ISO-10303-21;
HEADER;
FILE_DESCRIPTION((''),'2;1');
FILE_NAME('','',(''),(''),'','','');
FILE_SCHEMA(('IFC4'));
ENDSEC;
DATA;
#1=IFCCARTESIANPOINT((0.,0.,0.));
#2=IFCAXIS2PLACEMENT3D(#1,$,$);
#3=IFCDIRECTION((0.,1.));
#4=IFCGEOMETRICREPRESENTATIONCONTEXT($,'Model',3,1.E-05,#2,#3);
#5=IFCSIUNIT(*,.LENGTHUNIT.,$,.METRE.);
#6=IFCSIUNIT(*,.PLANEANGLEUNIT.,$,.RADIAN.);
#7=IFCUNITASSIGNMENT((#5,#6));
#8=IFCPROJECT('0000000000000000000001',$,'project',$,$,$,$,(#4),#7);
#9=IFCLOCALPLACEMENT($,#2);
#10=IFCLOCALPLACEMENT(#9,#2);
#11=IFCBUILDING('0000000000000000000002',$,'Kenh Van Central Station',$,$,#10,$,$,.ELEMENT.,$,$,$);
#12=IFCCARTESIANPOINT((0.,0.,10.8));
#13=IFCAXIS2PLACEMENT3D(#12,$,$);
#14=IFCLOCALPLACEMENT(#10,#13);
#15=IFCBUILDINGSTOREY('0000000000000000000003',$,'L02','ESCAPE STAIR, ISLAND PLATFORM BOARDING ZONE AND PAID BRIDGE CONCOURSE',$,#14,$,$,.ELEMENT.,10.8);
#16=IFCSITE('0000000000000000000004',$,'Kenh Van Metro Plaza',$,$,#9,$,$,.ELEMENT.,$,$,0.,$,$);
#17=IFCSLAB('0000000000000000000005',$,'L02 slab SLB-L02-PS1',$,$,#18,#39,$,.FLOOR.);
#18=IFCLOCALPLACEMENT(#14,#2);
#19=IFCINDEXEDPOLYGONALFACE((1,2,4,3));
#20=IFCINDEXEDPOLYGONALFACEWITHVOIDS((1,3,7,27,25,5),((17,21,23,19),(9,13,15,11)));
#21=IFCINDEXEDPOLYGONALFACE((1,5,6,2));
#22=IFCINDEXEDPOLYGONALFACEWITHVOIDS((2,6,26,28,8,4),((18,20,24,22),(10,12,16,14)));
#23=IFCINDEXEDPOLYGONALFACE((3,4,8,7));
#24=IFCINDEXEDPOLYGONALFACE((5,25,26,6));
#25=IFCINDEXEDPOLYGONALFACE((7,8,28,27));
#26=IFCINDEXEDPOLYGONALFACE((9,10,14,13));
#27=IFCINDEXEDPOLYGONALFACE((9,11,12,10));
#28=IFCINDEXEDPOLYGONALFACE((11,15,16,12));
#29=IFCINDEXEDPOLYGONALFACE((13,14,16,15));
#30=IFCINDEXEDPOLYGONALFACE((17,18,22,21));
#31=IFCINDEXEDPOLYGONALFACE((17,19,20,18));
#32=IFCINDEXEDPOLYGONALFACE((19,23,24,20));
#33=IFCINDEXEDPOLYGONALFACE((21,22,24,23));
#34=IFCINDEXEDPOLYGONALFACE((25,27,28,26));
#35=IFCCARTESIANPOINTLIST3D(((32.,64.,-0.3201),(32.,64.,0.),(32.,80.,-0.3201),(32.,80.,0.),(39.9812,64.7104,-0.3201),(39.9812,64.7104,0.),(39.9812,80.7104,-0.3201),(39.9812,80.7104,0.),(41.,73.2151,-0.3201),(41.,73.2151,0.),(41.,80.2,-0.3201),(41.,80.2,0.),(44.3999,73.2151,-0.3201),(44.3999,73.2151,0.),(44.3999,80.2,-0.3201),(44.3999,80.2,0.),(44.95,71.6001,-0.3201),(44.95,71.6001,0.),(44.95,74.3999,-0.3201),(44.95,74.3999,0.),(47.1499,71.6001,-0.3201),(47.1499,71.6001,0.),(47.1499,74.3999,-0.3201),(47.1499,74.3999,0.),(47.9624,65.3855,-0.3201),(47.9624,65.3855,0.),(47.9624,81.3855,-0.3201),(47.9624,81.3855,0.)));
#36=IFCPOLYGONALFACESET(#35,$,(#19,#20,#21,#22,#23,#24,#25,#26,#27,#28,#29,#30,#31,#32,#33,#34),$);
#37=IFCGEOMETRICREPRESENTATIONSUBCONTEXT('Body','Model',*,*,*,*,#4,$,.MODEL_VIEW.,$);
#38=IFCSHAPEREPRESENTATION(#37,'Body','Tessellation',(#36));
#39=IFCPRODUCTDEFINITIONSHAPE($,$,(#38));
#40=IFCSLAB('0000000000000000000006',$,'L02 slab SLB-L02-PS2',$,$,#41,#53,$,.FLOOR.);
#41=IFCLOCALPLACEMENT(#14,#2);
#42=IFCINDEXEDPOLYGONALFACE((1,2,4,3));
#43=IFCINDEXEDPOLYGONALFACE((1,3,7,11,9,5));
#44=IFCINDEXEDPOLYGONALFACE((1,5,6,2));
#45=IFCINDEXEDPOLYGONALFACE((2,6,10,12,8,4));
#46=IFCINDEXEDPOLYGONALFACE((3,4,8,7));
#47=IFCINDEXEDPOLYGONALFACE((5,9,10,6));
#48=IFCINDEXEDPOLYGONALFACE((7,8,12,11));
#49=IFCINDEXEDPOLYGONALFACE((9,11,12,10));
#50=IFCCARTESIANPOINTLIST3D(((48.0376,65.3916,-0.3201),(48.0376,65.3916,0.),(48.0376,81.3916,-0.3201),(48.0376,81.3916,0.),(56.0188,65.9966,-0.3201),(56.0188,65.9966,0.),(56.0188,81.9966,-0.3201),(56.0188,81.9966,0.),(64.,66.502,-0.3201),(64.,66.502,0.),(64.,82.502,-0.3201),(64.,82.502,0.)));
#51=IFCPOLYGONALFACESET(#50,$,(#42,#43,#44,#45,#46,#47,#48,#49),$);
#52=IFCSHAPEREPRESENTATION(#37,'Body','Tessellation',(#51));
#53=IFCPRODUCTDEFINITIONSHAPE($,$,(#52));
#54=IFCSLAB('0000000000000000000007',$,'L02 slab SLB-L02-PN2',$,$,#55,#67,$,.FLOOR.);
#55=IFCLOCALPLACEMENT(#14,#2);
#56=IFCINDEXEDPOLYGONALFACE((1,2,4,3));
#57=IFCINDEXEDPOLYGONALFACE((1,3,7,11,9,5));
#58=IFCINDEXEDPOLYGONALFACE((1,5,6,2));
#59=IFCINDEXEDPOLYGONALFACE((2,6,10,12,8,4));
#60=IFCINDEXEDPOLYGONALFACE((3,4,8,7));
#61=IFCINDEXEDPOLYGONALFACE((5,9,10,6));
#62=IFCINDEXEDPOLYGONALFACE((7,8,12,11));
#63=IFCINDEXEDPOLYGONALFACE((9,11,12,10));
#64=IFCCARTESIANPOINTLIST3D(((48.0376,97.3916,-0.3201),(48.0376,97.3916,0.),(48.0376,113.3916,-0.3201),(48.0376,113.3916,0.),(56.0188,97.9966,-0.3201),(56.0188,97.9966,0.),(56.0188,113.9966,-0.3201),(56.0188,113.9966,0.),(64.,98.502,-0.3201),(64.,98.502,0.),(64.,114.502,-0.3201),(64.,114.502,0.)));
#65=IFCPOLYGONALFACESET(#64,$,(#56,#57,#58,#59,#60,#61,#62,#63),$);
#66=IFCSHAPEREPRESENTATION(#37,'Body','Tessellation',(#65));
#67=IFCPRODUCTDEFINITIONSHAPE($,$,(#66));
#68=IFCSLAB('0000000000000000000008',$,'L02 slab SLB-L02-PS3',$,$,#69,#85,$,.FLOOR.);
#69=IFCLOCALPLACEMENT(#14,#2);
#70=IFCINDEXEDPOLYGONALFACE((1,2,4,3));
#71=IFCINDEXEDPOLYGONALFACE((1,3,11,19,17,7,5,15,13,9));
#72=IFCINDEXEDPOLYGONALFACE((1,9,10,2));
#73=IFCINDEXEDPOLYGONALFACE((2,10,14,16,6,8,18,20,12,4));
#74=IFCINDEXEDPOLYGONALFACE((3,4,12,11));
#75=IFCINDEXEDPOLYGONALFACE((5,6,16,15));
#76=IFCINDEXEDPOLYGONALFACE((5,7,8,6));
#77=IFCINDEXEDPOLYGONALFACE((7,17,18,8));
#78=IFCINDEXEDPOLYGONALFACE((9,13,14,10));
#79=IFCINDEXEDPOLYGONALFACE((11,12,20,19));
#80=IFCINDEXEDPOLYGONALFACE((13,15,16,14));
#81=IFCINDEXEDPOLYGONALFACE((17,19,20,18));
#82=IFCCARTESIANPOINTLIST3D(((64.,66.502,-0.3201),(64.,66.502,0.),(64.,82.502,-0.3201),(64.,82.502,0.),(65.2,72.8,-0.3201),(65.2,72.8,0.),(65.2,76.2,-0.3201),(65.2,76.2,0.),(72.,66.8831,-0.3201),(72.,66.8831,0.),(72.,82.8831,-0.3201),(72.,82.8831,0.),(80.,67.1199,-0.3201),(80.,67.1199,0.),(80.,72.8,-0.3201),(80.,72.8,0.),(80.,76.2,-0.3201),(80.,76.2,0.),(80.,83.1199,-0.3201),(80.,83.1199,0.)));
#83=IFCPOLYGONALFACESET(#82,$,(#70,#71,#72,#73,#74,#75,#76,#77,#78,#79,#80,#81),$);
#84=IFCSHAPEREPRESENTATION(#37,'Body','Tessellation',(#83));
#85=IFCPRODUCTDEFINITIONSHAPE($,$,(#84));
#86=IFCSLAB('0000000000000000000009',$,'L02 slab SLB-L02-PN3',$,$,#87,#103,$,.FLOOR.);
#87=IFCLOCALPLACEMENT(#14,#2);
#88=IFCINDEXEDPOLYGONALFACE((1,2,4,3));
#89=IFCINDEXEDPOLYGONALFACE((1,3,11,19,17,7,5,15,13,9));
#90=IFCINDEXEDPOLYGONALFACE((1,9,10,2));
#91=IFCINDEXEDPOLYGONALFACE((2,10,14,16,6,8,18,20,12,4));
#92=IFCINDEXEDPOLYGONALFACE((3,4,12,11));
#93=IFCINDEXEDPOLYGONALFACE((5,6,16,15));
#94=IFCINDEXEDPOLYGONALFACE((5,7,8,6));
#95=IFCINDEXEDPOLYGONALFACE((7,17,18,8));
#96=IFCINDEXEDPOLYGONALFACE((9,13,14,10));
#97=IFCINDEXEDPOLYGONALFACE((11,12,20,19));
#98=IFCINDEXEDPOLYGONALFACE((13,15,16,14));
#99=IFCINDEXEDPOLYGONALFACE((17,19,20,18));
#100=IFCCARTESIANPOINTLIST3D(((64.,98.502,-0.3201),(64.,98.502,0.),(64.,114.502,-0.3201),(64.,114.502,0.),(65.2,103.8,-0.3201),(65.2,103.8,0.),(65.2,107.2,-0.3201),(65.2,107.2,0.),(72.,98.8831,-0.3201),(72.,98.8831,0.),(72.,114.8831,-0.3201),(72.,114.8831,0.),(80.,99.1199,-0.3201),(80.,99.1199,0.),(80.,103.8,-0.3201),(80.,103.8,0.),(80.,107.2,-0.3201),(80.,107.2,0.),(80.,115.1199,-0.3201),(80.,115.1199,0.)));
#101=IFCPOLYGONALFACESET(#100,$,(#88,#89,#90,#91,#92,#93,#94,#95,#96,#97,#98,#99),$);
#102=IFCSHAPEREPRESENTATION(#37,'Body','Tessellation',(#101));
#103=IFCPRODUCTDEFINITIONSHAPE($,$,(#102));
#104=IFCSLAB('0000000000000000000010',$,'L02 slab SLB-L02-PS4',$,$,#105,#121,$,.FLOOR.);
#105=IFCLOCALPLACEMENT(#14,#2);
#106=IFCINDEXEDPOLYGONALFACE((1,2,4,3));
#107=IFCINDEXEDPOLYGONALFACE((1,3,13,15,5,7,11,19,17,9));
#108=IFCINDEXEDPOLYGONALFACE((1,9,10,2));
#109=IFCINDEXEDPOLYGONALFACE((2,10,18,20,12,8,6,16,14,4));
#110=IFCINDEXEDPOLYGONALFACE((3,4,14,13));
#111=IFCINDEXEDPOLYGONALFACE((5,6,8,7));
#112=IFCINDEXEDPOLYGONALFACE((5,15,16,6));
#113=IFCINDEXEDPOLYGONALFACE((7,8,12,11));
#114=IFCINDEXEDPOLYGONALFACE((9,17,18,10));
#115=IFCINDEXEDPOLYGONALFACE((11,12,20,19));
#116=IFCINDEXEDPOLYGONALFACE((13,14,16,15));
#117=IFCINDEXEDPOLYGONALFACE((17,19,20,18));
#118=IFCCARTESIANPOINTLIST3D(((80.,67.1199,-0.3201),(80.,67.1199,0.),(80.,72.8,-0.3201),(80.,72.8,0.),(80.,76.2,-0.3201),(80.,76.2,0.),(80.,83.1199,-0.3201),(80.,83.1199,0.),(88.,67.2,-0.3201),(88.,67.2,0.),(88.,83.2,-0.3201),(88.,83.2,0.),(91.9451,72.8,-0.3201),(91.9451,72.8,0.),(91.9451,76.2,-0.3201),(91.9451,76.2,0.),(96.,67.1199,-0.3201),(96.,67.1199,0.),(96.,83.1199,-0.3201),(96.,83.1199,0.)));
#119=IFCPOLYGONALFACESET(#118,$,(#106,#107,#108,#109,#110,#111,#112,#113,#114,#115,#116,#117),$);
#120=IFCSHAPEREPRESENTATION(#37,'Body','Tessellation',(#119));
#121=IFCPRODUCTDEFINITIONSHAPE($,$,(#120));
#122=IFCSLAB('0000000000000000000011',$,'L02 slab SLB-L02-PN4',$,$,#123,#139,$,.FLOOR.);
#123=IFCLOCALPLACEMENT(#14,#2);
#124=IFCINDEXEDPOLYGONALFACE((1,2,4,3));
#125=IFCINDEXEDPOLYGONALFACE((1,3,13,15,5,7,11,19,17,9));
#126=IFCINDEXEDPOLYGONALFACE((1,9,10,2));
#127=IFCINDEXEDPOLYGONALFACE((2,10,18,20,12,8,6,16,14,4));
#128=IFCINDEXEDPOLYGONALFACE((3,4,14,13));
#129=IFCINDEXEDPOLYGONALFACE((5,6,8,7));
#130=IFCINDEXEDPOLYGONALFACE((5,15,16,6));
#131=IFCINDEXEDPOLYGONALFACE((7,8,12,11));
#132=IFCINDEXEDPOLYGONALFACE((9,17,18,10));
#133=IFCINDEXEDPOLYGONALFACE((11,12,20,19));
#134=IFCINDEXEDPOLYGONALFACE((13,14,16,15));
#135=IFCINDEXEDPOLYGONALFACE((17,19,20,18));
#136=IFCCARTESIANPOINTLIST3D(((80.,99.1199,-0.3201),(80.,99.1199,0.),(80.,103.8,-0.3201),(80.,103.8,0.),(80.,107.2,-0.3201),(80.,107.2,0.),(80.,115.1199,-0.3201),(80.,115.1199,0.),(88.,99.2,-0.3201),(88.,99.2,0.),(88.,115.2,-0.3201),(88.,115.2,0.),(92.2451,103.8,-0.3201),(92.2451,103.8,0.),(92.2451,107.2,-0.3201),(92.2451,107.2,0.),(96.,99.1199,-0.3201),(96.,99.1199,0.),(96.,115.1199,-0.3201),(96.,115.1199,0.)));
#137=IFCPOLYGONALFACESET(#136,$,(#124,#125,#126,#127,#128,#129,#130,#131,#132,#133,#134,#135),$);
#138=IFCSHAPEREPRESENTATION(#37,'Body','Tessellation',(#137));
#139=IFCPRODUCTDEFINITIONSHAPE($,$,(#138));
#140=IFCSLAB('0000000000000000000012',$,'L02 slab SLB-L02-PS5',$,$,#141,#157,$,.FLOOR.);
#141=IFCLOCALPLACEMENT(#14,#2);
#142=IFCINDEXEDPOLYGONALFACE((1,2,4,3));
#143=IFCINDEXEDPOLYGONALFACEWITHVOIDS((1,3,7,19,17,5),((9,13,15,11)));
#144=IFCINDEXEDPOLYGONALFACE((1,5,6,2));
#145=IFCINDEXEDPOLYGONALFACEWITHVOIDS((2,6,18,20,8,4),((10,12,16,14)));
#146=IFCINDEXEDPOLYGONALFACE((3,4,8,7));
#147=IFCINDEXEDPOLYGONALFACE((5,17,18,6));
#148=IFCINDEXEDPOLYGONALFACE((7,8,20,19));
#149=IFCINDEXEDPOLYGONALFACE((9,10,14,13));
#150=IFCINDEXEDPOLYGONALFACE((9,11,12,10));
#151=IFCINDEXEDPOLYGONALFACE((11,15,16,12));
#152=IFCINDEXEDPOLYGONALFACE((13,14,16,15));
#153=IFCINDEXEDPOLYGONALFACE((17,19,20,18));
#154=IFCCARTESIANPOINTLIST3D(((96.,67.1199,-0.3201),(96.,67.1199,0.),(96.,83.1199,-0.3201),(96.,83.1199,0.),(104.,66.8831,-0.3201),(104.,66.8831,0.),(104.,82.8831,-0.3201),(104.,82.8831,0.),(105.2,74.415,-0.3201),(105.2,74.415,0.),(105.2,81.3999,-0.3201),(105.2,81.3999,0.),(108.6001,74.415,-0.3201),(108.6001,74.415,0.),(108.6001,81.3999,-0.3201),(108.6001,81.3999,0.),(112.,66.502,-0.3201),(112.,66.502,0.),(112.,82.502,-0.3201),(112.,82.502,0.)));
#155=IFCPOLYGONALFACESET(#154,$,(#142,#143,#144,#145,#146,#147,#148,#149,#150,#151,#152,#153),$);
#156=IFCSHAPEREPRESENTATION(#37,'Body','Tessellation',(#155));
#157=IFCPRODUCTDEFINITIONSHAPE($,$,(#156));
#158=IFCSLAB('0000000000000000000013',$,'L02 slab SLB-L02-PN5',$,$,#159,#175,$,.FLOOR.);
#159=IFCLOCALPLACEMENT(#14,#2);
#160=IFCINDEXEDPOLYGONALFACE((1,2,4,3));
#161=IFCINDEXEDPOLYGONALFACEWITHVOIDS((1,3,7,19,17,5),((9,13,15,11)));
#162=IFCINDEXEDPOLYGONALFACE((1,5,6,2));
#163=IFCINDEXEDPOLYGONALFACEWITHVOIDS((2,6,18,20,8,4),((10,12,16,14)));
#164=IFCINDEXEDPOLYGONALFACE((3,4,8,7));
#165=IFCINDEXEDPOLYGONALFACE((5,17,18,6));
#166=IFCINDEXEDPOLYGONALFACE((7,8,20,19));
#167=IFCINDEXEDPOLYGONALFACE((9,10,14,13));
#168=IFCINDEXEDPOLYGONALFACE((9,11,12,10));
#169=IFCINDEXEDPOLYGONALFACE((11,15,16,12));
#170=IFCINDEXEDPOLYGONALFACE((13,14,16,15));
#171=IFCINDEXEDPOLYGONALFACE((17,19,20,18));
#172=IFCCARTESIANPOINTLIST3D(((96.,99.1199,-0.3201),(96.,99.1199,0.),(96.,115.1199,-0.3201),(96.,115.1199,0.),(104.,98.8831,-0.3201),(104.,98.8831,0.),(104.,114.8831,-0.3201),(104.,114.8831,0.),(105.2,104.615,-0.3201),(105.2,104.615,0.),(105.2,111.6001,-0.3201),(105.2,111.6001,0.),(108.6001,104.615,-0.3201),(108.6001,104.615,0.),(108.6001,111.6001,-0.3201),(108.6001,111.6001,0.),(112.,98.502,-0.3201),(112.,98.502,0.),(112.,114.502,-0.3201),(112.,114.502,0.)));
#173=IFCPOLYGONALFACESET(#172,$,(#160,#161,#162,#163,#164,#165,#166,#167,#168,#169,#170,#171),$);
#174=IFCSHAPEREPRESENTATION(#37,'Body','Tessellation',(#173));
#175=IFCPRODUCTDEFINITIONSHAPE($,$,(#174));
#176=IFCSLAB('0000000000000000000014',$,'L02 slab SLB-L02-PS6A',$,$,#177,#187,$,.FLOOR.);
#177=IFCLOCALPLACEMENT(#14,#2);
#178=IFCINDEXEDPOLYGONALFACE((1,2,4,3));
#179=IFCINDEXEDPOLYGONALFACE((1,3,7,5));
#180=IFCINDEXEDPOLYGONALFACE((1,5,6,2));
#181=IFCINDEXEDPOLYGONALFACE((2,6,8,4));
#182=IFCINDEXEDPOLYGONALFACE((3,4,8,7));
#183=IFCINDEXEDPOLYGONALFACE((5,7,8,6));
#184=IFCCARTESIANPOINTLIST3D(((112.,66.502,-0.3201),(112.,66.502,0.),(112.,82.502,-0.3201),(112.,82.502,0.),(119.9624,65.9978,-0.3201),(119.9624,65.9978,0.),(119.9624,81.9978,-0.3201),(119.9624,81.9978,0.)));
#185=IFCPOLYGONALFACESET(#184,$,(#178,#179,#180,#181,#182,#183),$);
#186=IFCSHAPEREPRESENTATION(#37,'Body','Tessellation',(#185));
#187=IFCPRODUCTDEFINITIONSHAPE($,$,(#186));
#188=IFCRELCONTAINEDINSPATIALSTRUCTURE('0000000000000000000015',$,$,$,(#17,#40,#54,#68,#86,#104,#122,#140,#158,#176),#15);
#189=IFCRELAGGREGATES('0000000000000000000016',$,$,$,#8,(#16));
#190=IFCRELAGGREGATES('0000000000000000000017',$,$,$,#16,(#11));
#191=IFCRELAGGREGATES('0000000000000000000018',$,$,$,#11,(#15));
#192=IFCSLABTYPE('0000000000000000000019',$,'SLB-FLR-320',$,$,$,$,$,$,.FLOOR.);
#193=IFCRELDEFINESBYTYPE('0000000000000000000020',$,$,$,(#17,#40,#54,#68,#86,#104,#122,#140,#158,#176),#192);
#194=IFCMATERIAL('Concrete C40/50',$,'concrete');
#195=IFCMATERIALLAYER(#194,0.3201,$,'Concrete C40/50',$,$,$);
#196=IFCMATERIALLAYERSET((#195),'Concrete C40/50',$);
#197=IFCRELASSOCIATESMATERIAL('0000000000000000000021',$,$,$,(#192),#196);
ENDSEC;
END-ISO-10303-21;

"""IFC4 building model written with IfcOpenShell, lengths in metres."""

from ifc_helpers import new_model, si_unit, direction, frame, origin, place, context, subcontext, project, spatial, polyline, outline, extrude, material, layer, layer_set, type_object, element, save


model = new_model("IFC4")

# Units and contexts
model_context = context("Model", 3, precision=1e-05, world=origin(), true_north=direction((0.0, 1.0)))
body_context = subcontext(model_context, "Body", "Model", "MODEL_VIEW")
ifc_project = project(units=[si_unit("LENGTHUNIT", "METRE"), si_unit("PLANEANGLEUNIT", "RADIAN")], contexts=[model_context])

# Site, building, storey
site_placement = place(None, origin())
site = spatial("IfcSite", under=ifc_project, at=site_placement, Name="Kenh Van Metro Plaza", CompositionType="ELEMENT", RefElevation=0.0)
building_placement = place(site_placement, origin())
building = spatial("IfcBuilding", under=site, at=building_placement, Name="Kenh Van Central Station", CompositionType="ELEMENT")
storey_placement = place(building_placement, frame((0.0, 0.0, 10.8)))
storey = spatial("IfcBuildingStorey", under=building, at=storey_placement, Name="L02", Description="ESCAPE STAIR, ISLAND PLATFORM BOARDING ZONE AND PAID BRIDGE CONCOURSE", CompositionType="ELEMENT", Elevation=10.8)

# Slabs
ifc_material_1 = material(Name="Concrete C40/50", Category="concrete")
ifc_layer_1 = layer(ifc_material_1, 0.3201, Name="Concrete C40/50")
ifc_layer_set_1 = layer_set([ifc_layer_1], Name="Concrete C40/50")
slab_type_1 = type_object("IfcSlabType", Name="SLB-FLR-320", PredefinedType="FLOOR", material=ifc_layer_set_1)
slab_1_placement = place(storey_placement, frame((0.0, 0.0, -0.3201)))
element("IfcSlab", 1, at=slab_1_placement, inside=storey, type_object=slab_type_1, Name="L02 slab SLB-L02-PS1", PredefinedType="FLOOR", context=body_context, shape_type="SweptSolid", body=[
    extrude(outline(polyline([(32.0, 64.0), (39.9812, 64.7104), (47.9624, 65.3855), (47.9624, 81.3855), (39.9812, 80.7104), (32.0, 80.0), (32.0, 64.0)]), holes=[polyline([(47.1499, 71.6001), (44.95, 71.6001), (44.95, 74.3999), (47.1499, 74.3999), (47.1499, 71.6001)]), polyline([(41.0, 73.2151), (41.0, 80.2), (44.3999, 80.2), (44.3999, 73.2151), (41.0, 73.2151)])]), origin(), (0.0, 0.0, 1.0), 0.3201),
])
slab_2_placement = place(storey_placement, frame((0.0, 0.0, -0.3201)))
element("IfcSlab", 2, at=slab_2_placement, inside=storey, type_object=slab_type_1, Name="L02 slab SLB-L02-PS2", PredefinedType="FLOOR", context=body_context, shape_type="SweptSolid", body=[
    extrude(outline(polyline([(48.0376, 65.3916), (56.0188, 65.9966), (64.0, 66.502), (64.0, 82.502), (56.0188, 81.9966), (48.0376, 81.3916), (48.0376, 65.3916)])), origin(), (0.0, 0.0, 1.0), 0.3201),
])
slab_3_placement = place(storey_placement, frame((0.0, 0.0, -0.3201)))
element("IfcSlab", 3, at=slab_3_placement, inside=storey, type_object=slab_type_1, Name="L02 slab SLB-L02-PN2", PredefinedType="FLOOR", context=body_context, shape_type="SweptSolid", body=[
    extrude(outline(polyline([(48.0376, 97.3916), (56.0188, 97.9966), (64.0, 98.502), (64.0, 114.502), (56.0188, 113.9966), (48.0376, 113.3916), (48.0376, 97.3916)])), origin(), (0.0, 0.0, 1.0), 0.3201),
])
slab_4_placement = place(storey_placement, frame((0.0, 0.0, -0.3201)))
element("IfcSlab", 4, at=slab_4_placement, inside=storey, type_object=slab_type_1, Name="L02 slab SLB-L02-PS3", PredefinedType="FLOOR", context=body_context, shape_type="SweptSolid", body=[
    extrude(outline(polyline([(64.0, 66.502), (72.0, 66.8831), (80.0, 67.1199), (80.0, 72.8), (65.2, 72.8), (65.2, 76.2), (80.0, 76.2), (80.0, 83.1199), (72.0, 82.8831), (64.0, 82.502), (64.0, 66.502)])), origin(), (0.0, 0.0, 1.0), 0.3201),
])
slab_5_placement = place(storey_placement, frame((0.0, 0.0, -0.3201)))
element("IfcSlab", 5, at=slab_5_placement, inside=storey, type_object=slab_type_1, Name="L02 slab SLB-L02-PN3", PredefinedType="FLOOR", context=body_context, shape_type="SweptSolid", body=[
    extrude(outline(polyline([(64.0, 98.502), (72.0, 98.8831), (80.0, 99.1199), (80.0, 103.8), (65.2, 103.8), (65.2, 107.2), (80.0, 107.2), (80.0, 115.1199), (72.0, 114.8831), (64.0, 114.502), (64.0, 98.502)])), origin(), (0.0, 0.0, 1.0), 0.3201),
])
slab_6_placement = place(storey_placement, frame((0.0, 0.0, -0.3201)))
element("IfcSlab", 6, at=slab_6_placement, inside=storey, type_object=slab_type_1, Name="L02 slab SLB-L02-PS4", PredefinedType="FLOOR", context=body_context, shape_type="SweptSolid", body=[
    extrude(outline(polyline([(80.0, 67.1199), (88.0, 67.2), (96.0, 67.1199), (96.0, 83.1199), (88.0, 83.2), (80.0, 83.1199), (80.0, 76.2), (91.9451, 76.2), (91.9451, 72.8), (80.0, 72.8), (80.0, 67.1199)])), origin(), (0.0, 0.0, 1.0), 0.3201),
])
slab_7_placement = place(storey_placement, frame((0.0, 0.0, -0.3201)))
element("IfcSlab", 7, at=slab_7_placement, inside=storey, type_object=slab_type_1, Name="L02 slab SLB-L02-PN4", PredefinedType="FLOOR", context=body_context, shape_type="SweptSolid", body=[
    extrude(outline(polyline([(80.0, 99.1199), (88.0, 99.2), (96.0, 99.1199), (96.0, 115.1199), (88.0, 115.2), (80.0, 115.1199), (80.0, 107.2), (92.2451, 107.2), (92.2451, 103.8), (80.0, 103.8), (80.0, 99.1199)])), origin(), (0.0, 0.0, 1.0), 0.3201),
])
slab_8_placement = place(storey_placement, frame((0.0, 0.0, -0.3201)))
element("IfcSlab", 8, at=slab_8_placement, inside=storey, type_object=slab_type_1, Name="L02 slab SLB-L02-PS5", PredefinedType="FLOOR", context=body_context, shape_type="SweptSolid", body=[
    extrude(outline(polyline([(96.0, 67.1199), (104.0, 66.8831), (112.0, 66.502), (112.0, 82.502), (104.0, 82.8831), (96.0, 83.1199), (96.0, 67.1199)]), holes=[polyline([(105.2, 74.415), (105.2, 81.3999), (108.6001, 81.3999), (108.6001, 74.415), (105.2, 74.415)])]), origin(), (0.0, 0.0, 1.0), 0.3201),
])
slab_9_placement = place(storey_placement, frame((0.0, 0.0, -0.3201)))
element("IfcSlab", 9, at=slab_9_placement, inside=storey, type_object=slab_type_1, Name="L02 slab SLB-L02-PN5", PredefinedType="FLOOR", context=body_context, shape_type="SweptSolid", body=[
    extrude(outline(polyline([(96.0, 99.1199), (104.0, 98.8831), (112.0, 98.502), (112.0, 114.502), (104.0, 114.8831), (96.0, 115.1199), (96.0, 99.1199)]), holes=[polyline([(105.2, 104.615), (105.2, 111.6001), (108.6001, 111.6001), (108.6001, 104.615), (105.2, 104.615)])]), origin(), (0.0, 0.0, 1.0), 0.3201),
])
slab_10_placement = place(storey_placement, frame((0.0, 0.0, -0.3201)))
element("IfcSlab", 10, at=slab_10_placement, inside=storey, type_object=slab_type_1, Name="L02 slab SLB-L02-PS6A", PredefinedType="FLOOR", context=body_context, shape_type="SweptSolid", body=[
    extrude(outline(polyline([(112.0, 66.502), (119.9624, 65.9978), (119.9624, 81.9978), (112.0, 82.502), (112.0, 66.502)])), origin(), (0.0, 0.0, 1.0), 0.3201),
])

save(model, "model.ifc")
